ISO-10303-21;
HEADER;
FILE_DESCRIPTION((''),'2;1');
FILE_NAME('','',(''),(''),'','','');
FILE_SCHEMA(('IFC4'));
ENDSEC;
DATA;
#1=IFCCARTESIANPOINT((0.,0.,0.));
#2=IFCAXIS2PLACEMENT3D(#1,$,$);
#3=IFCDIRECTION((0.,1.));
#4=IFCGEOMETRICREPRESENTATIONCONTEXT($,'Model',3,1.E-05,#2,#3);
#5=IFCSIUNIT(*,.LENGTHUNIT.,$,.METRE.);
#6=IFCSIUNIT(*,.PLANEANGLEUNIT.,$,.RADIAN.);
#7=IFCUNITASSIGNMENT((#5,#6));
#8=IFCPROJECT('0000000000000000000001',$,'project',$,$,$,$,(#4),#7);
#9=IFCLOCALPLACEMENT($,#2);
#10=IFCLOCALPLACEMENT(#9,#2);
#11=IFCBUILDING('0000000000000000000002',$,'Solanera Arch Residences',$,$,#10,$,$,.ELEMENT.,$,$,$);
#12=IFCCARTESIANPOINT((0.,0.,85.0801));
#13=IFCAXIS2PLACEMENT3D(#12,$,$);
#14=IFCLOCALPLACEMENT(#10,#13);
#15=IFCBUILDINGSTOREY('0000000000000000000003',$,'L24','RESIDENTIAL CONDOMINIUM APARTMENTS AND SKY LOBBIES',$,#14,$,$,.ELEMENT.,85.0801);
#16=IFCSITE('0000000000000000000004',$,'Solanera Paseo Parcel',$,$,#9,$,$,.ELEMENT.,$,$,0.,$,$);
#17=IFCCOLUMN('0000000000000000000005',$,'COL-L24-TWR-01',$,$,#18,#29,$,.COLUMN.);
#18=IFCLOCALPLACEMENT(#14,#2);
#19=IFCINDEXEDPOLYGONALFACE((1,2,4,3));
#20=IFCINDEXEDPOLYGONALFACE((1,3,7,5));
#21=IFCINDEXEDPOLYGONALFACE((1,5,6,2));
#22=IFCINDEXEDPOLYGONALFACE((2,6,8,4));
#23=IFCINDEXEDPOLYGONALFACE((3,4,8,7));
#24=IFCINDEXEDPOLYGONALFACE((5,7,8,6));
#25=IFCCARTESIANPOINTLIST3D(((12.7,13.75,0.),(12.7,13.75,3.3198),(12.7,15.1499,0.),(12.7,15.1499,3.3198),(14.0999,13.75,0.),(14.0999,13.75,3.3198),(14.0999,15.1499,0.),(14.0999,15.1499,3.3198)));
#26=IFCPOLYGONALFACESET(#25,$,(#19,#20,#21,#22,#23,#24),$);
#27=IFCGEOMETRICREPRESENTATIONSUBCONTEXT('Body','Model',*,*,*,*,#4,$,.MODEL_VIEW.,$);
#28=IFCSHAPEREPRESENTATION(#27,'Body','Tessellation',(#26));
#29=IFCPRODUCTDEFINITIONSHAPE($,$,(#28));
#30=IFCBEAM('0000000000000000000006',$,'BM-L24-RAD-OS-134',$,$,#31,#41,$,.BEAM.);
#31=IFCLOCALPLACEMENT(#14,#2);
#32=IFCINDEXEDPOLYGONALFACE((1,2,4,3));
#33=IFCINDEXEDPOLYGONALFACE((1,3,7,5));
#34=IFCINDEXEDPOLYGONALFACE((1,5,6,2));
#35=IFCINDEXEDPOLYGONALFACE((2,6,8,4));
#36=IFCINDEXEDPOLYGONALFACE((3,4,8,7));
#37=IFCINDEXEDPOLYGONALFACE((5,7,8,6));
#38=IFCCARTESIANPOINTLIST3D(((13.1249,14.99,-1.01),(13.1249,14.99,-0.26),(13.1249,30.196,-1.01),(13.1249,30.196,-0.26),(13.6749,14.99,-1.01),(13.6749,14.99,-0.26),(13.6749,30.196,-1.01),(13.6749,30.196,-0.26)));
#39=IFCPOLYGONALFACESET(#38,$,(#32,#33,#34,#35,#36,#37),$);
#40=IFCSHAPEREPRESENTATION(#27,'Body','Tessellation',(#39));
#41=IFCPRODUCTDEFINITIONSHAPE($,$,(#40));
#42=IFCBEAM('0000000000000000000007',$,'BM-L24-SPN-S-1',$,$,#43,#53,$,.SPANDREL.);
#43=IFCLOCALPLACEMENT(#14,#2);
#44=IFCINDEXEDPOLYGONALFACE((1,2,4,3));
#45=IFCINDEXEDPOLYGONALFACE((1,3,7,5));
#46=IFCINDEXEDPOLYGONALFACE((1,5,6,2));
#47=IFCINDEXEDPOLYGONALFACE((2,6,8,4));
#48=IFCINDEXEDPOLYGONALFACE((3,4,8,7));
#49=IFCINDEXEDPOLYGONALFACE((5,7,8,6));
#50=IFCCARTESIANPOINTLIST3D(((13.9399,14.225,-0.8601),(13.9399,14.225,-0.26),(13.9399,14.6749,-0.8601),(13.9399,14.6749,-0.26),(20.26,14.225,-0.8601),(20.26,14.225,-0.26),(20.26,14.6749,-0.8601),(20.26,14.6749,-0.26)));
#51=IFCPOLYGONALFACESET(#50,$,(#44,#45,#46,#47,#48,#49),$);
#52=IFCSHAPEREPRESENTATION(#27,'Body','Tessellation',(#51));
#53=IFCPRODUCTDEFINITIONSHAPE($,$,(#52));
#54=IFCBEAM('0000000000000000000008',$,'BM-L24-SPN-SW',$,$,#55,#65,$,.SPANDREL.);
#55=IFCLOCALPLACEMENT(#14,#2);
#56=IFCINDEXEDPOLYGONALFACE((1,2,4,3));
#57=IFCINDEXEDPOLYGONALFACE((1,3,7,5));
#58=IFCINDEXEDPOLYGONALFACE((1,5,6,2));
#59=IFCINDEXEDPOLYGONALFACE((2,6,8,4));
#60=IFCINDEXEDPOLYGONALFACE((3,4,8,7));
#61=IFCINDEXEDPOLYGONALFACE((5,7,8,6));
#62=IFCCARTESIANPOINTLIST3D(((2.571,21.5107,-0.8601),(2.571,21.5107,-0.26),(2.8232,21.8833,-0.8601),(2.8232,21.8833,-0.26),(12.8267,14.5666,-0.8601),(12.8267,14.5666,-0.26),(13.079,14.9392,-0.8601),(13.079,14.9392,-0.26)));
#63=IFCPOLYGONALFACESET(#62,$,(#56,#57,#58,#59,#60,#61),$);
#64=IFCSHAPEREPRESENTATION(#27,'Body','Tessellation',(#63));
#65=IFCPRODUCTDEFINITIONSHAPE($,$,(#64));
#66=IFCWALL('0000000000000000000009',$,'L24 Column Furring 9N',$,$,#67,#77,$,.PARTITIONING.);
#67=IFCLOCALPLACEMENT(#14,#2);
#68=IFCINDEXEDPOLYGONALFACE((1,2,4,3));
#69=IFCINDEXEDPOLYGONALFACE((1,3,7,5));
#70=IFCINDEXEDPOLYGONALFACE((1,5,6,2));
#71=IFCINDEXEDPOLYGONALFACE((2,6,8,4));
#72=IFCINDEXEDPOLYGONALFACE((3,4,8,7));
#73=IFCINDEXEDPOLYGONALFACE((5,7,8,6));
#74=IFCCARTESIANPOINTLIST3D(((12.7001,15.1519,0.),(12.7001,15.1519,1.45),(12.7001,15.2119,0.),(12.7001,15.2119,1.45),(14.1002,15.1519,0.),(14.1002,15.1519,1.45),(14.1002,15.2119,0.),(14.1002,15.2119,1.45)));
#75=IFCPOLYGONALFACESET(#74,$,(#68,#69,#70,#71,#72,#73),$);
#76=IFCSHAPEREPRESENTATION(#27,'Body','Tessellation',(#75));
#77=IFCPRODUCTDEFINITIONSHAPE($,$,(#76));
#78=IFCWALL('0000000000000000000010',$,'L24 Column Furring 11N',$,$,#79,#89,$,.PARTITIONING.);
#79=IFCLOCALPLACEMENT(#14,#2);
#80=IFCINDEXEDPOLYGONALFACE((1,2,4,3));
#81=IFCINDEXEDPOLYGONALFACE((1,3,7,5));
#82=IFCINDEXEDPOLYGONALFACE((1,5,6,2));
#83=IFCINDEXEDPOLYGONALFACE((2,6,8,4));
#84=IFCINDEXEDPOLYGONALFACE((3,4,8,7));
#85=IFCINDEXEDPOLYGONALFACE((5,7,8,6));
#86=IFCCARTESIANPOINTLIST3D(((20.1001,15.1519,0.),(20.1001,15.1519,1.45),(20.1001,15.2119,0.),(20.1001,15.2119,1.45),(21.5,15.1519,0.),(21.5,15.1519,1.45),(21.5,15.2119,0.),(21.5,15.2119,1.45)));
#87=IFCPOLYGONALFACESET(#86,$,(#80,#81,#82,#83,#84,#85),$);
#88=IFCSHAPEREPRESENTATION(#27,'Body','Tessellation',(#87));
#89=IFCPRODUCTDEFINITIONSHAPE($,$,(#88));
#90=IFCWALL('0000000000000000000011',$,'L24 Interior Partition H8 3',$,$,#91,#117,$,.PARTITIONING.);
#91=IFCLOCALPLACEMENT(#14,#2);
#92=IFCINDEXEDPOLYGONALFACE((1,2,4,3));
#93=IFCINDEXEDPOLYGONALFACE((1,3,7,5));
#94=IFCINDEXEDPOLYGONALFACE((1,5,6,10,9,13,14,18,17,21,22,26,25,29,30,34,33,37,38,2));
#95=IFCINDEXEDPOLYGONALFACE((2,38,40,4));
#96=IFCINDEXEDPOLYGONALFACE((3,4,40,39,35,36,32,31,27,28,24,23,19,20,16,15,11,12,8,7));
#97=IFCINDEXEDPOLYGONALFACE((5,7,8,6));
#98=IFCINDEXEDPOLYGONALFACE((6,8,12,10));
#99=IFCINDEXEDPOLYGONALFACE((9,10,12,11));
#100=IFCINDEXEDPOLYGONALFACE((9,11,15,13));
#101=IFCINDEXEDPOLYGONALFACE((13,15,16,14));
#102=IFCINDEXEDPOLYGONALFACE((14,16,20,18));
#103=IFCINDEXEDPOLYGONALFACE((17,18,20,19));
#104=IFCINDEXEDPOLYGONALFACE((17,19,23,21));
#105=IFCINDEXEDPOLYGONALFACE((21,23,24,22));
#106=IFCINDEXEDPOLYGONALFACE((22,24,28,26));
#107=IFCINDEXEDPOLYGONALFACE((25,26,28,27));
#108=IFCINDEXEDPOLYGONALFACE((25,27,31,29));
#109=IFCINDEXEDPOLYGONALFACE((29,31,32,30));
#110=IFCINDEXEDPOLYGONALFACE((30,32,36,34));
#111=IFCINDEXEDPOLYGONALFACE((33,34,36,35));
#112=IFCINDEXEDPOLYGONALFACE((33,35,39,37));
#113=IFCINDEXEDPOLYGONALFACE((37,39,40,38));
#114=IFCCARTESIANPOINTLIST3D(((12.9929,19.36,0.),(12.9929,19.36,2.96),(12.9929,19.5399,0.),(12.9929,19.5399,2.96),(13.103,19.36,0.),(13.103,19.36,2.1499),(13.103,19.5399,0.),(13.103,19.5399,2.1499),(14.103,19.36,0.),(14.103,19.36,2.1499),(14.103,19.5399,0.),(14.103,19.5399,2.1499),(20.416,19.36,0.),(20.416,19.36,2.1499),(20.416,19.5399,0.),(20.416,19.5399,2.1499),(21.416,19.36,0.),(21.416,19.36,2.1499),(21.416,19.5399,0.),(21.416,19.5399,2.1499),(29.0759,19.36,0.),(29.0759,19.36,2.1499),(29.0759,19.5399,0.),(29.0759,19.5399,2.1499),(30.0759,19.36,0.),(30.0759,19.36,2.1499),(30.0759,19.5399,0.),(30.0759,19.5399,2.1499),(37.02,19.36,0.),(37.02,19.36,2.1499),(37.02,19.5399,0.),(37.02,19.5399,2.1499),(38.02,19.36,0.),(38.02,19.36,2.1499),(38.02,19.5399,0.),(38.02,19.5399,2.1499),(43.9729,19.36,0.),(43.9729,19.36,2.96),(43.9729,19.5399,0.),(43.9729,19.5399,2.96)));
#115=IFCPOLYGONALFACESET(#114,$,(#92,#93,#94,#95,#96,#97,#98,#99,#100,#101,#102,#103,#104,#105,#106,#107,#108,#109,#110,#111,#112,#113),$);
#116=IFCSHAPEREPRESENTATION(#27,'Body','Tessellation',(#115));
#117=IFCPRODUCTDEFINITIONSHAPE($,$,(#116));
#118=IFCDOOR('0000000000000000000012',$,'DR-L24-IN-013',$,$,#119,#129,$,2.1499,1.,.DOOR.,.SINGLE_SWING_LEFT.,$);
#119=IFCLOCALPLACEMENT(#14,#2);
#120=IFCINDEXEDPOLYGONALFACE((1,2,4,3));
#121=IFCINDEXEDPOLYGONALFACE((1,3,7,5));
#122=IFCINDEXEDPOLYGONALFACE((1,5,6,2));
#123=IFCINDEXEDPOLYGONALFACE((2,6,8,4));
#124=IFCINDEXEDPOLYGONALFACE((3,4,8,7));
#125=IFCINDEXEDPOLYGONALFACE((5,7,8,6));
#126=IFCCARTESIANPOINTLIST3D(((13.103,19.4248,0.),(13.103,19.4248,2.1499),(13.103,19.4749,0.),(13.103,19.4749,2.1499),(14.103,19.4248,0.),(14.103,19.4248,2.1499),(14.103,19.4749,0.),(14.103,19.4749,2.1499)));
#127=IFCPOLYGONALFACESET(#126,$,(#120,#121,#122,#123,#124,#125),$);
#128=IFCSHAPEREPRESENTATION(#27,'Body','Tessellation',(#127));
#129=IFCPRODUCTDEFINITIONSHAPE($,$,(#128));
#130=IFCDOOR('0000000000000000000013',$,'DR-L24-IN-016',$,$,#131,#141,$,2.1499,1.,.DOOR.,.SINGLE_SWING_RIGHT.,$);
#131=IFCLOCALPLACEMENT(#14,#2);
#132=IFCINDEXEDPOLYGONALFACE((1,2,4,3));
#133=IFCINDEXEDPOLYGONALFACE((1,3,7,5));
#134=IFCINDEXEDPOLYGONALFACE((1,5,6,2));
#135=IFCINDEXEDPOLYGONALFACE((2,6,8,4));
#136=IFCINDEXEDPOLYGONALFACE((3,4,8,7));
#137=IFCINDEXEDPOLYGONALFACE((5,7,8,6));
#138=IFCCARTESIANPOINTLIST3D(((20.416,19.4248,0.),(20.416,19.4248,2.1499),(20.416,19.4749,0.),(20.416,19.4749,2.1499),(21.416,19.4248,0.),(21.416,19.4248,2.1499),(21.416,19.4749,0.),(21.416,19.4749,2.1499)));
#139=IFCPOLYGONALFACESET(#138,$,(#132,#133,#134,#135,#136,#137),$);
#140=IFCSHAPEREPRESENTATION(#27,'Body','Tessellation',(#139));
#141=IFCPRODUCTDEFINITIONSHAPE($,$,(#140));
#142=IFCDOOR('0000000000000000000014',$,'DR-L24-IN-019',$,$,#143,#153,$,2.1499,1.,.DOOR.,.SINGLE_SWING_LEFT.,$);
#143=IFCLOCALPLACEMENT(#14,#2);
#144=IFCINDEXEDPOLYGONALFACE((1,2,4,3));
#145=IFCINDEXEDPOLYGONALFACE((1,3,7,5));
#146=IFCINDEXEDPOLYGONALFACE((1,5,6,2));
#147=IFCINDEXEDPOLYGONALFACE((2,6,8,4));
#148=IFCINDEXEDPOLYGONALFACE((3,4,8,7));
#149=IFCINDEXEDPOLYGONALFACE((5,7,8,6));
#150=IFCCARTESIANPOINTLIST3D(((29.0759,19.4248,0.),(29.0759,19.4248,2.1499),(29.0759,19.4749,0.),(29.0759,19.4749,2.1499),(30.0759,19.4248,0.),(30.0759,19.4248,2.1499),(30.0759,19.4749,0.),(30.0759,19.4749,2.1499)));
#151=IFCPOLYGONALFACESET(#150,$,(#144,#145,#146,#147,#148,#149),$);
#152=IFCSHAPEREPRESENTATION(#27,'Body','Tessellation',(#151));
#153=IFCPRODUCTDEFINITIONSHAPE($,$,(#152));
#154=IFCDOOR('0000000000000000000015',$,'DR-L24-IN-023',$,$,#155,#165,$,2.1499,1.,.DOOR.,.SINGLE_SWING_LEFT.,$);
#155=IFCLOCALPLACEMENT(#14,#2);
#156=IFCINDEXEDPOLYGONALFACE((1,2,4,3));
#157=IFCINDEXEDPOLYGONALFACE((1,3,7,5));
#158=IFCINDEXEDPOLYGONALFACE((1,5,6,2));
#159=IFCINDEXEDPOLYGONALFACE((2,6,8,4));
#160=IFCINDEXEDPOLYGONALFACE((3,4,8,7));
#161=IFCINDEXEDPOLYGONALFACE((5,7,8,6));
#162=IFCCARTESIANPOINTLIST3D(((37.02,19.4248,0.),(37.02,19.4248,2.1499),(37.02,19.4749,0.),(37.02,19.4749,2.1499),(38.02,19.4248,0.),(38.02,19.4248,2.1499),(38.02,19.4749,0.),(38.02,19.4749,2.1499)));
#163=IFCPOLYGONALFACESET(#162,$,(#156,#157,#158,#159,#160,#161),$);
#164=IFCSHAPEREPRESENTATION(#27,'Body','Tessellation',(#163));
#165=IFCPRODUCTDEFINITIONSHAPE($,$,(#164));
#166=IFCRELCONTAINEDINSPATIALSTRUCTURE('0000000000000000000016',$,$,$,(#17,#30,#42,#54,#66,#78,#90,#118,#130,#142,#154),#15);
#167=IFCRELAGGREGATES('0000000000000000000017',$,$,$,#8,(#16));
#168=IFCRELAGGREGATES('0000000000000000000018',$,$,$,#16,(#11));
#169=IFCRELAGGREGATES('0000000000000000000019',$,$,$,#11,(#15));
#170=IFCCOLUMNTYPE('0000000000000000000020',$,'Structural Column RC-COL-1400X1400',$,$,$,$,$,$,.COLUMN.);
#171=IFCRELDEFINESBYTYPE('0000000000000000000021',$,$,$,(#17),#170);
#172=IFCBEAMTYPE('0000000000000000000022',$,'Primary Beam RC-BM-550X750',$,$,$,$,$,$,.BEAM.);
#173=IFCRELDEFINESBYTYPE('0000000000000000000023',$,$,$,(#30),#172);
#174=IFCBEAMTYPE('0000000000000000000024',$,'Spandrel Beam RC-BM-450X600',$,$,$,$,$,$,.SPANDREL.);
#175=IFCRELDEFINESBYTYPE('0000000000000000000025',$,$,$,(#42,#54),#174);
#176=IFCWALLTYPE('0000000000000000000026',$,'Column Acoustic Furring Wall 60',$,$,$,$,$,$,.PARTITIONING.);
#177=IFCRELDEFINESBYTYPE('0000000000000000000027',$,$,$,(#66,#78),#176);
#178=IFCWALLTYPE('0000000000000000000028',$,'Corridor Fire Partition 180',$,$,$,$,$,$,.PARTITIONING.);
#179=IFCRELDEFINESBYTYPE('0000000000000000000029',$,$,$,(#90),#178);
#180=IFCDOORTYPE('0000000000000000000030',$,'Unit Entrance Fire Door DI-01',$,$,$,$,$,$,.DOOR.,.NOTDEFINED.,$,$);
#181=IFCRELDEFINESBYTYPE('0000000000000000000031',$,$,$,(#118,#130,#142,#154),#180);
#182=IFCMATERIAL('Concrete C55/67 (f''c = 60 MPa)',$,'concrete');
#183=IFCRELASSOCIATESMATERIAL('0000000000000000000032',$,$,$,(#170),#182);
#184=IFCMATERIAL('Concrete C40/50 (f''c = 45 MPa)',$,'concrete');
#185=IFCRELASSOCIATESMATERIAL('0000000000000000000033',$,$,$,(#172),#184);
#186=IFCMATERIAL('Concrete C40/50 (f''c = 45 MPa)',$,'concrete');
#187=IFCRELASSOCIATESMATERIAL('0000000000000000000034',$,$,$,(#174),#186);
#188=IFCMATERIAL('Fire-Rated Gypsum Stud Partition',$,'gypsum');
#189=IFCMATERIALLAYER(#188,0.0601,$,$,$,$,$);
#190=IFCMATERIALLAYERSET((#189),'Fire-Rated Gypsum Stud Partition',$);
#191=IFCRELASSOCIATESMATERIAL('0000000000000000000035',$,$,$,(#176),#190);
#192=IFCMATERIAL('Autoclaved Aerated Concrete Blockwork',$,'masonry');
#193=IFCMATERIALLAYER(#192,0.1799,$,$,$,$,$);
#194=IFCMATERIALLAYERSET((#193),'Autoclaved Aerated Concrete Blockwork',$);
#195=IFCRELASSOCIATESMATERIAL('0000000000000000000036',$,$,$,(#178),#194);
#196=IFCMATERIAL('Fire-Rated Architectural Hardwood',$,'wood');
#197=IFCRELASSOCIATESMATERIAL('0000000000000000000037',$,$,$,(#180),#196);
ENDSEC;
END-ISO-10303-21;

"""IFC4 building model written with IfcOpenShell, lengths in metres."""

from ifc_helpers import new_model, si_unit, direction, frame, frame_2d, origin, origin_2d, place, context, subcontext, project, spatial, rectangle, extrude, material, layer, layer_set, material_profile, profile_set, type_object, element, fill, save


model = new_model("IFC4")

# Units and contexts
model_context = context("Model", 3, precision=1e-05, world=origin(), true_north=direction((0.0, 1.0)))
body_context = subcontext(model_context, "Body", "Model", "MODEL_VIEW")
ifc_project = project(units=[si_unit("LENGTHUNIT", "METRE"), si_unit("PLANEANGLEUNIT", "RADIAN")], contexts=[model_context])

# Site, building, storey
site_placement = place(None, origin())
site = spatial("IfcSite", under=ifc_project, at=site_placement, Name="Solanera Paseo Parcel", CompositionType="ELEMENT", RefElevation=0.0)
building_placement = place(site_placement, origin())
building = spatial("IfcBuilding", under=site, at=building_placement, Name="Solanera Arch Residences", CompositionType="ELEMENT")
storey_placement = place(building_placement, frame((0.0, 0.0, 85.0801)))
storey = spatial("IfcBuildingStorey", under=building, at=storey_placement, Name="L24", Description="RESIDENTIAL CONDOMINIUM APARTMENTS AND SKY LOBBIES", CompositionType="ELEMENT", Elevation=85.0801)

# Column
ifc_material_1 = material(Name="Concrete C55/67 (f'c = 60 MPa)", Category="concrete")
ifc_material_profile_1 = material_profile(ifc_material_1, rectangle(XDim=1.3999, YDim=1.3999, at=origin_2d()))
ifc_profile_set_1 = profile_set([ifc_material_profile_1], Name="Concrete C55/67 (f'c = 60 MPa)")
column_type = type_object("IfcColumnType", Name="Structural Column RC-COL-1400X1400", PredefinedType="COLUMN", material=ifc_profile_set_1)
column_placement = place(storey_placement, frame((13.3999, 14.45, 0.0), z_axis=(0.0, 0.0, 1.0), x_axis=(1.0, 0.0, 0.0)))
element("IfcColumn", 1, at=column_placement, inside=storey, type_object=column_type, Name="COL-L24-TWR-01", PredefinedType="COLUMN", context=body_context, shape_type="SweptSolid", body=[
    extrude(rectangle(XDim=1.3999, YDim=1.3999, at=origin_2d()), origin(), (0.0, 0.0, 1.0), 3.3198),
])

# Beams
ifc_material_2 = material(Name="Concrete C40/50 (f'c = 45 MPa)", Category="concrete")
ifc_material_profile_2 = material_profile(ifc_material_2, rectangle(XDim=0.55, YDim=0.75, at=origin_2d()))
ifc_profile_set_2 = profile_set([ifc_material_profile_2], Name="Concrete C40/50 (f'c = 45 MPa)")
beam_type_1 = type_object("IfcBeamType", Name="Primary Beam RC-BM-550X750", PredefinedType="BEAM", material=ifc_profile_set_2)
beam_1_placement = place(storey_placement, frame((13.3999, 14.99, -0.635), z_axis=(0.0, 1.0, 0.0), x_axis=(-1.0, 0.0, 0.0)))
element("IfcBeam", 2, at=beam_1_placement, inside=storey, type_object=beam_type_1, Name="BM-L24-RAD-OS-134", PredefinedType="BEAM", context=body_context, shape_type="SweptSolid", body=[
    extrude(rectangle(XDim=0.55, YDim=0.75, at=origin_2d()), origin(), (0.0, 0.0, 1.0), 15.2061),
])
ifc_material_3 = material(Name="Concrete C40/50 (f'c = 45 MPa)", Category="concrete")
ifc_material_profile_3 = material_profile(ifc_material_3, rectangle(XDim=0.45, YDim=0.6001, at=origin_2d()))
ifc_profile_set_3 = profile_set([ifc_material_profile_3], Name="Concrete C40/50 (f'c = 45 MPa)")
beam_type_2 = type_object("IfcBeamType", Name="Spandrel Beam RC-BM-450X600", PredefinedType="SPANDREL", material=ifc_profile_set_3)
beam_2_placement = place(storey_placement, frame((13.9399, 14.45, -0.5601), z_axis=(1.0, 0.0, 0.0), x_axis=(0.0, 1.0, 0.0)))
element("IfcBeam", 3, at=beam_2_placement, inside=storey, type_object=beam_type_2, Name="BM-L24-SPN-S-1", PredefinedType="SPANDREL", context=body_context, shape_type="SweptSolid", body=[
    extrude(rectangle(XDim=0.45, YDim=0.6001, at=origin_2d()), origin(), (0.0, 0.0, 1.0), 6.3201),
])
beam_3_placement = place(storey_placement, frame((12.9529, 14.7529, -0.5601), z_axis=(-0.828047, 0.560659, 0.0), x_axis=(-0.560659, -0.828047, 0.0)))
element("IfcBeam", 4, at=beam_3_placement, inside=storey, type_object=beam_type_2, Name="BM-L24-SPN-SW", PredefinedType="SPANDREL", context=body_context, shape_type="SweptSolid", body=[
    extrude(rectangle(XDim=0.45, YDim=0.6001, at=origin_2d()), origin(), (0.0, 0.0, 1.0), 12.3855),
])

# Walls
ifc_material_4 = material(Name="Fire-Rated Gypsum Stud Partition", Category="gypsum")
ifc_layer_1 = layer(ifc_material_4, 0.0601)
ifc_layer_set_1 = layer_set([ifc_layer_1], Name="Fire-Rated Gypsum Stud Partition")
wall_type_1 = type_object("IfcWallType", Name="Column Acoustic Furring Wall 60", PredefinedType="PARTITIONING", material=ifc_layer_set_1)
wall_1_placement = place(storey_placement, frame((12.7, 15.1819, 0.0), z_axis=(0.0, 0.0, 1.0), x_axis=(1.0, 0.0, 0.0)))
element("IfcWall", 5, at=wall_1_placement, inside=storey, type_object=wall_type_1, Name="L24 Column Furring 9N", PredefinedType="PARTITIONING", context=body_context, shape_type="SweptSolid", body=[
    extrude(rectangle(XDim=1.4001, YDim=0.0601, at=frame_2d((0.7002, 0.0))), origin(), (0.0, 0.0, 1.0), 1.45),
])
wall_2_placement = place(storey_placement, frame((20.1001, 15.1819, 0.0), z_axis=(0.0, 0.0, 1.0), x_axis=(1.0, 0.0, 0.0)))
element("IfcWall", 6, at=wall_2_placement, inside=storey, type_object=wall_type_1, Name="L24 Column Furring 11N", PredefinedType="PARTITIONING", context=body_context, shape_type="SweptSolid", body=[
    extrude(rectangle(XDim=1.3999, YDim=0.0601, at=frame_2d((0.7, 0.0))), origin(), (0.0, 0.0, 1.0), 1.45),
])

# Wall, openings, doors
ifc_material_5 = material(Name="Autoclaved Aerated Concrete Blockwork", Category="masonry")
ifc_layer_2 = layer(ifc_material_5, 0.1799)
ifc_layer_set_2 = layer_set([ifc_layer_2], Name="Autoclaved Aerated Concrete Blockwork")
wall_type_2 = type_object("IfcWallType", Name="Corridor Fire Partition 180", PredefinedType="PARTITIONING", material=ifc_layer_set_2)
wall_3_placement = place(storey_placement, frame((12.9929, 19.45, 0.0), z_axis=(0.0, 0.0, 1.0), x_axis=(1.0, 0.0, 0.0)))
wall_3 = element("IfcWall", 7, at=wall_3_placement, inside=storey, type_object=wall_type_2, Name="L24 Interior Partition H8 3", PredefinedType="PARTITIONING", context=body_context, shape_type="SweptSolid", body=[
    extrude(rectangle(XDim=30.98, YDim=0.1799, at=frame_2d((15.49, 0.0))), origin(), (0.0, 0.0, 1.0), 2.96),
])
opening_1_placement = place(wall_3_placement, frame((0.1101, 0.0, 0.0)))
opening_1 = element("IfcOpeningElement", 8, at=opening_1_placement, cuts=wall_3, PredefinedType="OPENING", context=body_context, shape_type="SweptSolid", body=[
    extrude(rectangle(XDim=1.0, YDim=2.1499, at=frame_2d((0.5, 1.075))), frame((0.0, 0.1001, 0.0), z_axis=(0.0, -1.0, 0.0), x_axis=(1.0, 0.0, 0.0)), (0.0, 0.0, 1.0), 0.1999),
])
opening_2_placement = place(wall_3_placement, frame((7.4231, 0.0, 0.0)))
opening_2 = element("IfcOpeningElement", 9, at=opening_2_placement, cuts=wall_3, PredefinedType="OPENING", context=body_context, shape_type="SweptSolid", body=[
    extrude(rectangle(XDim=1.0, YDim=2.1499, at=frame_2d((0.5, 1.075))), frame((0.0, 0.1001, 0.0), z_axis=(0.0, -1.0, 0.0), x_axis=(1.0, 0.0, 0.0)), (0.0, 0.0, 1.0), 0.1999),
])
opening_3_placement = place(wall_3_placement, frame((16.083, 0.0, 0.0)))
opening_3 = element("IfcOpeningElement", 10, at=opening_3_placement, cuts=wall_3, PredefinedType="OPENING", context=body_context, shape_type="SweptSolid", body=[
    extrude(rectangle(XDim=1.0, YDim=2.1499, at=frame_2d((0.5, 1.075))), frame((0.0, 0.1001, 0.0), z_axis=(0.0, -1.0, 0.0), x_axis=(1.0, 0.0, 0.0)), (0.0, 0.0, 1.0), 0.1999),
])
opening_4_placement = place(wall_3_placement, frame((24.0271, 0.0, 0.0)))
opening_4 = element("IfcOpeningElement", 11, at=opening_4_placement, cuts=wall_3, PredefinedType="OPENING", context=body_context, shape_type="SweptSolid", body=[
    extrude(rectangle(XDim=1.0, YDim=2.1499, at=frame_2d((0.5, 1.075))), frame((0.0, 0.1001, 0.0), z_axis=(0.0, -1.0, 0.0), x_axis=(1.0, 0.0, 0.0)), (0.0, 0.0, 1.0), 0.1999),
])
ifc_material_6 = material(Name="Fire-Rated Architectural Hardwood", Category="wood")
door_type_1 = type_object("IfcDoorType", Name="Unit Entrance Fire Door DI-01", OperationType="NOTDEFINED", PredefinedType="DOOR", material=ifc_material_6)
door_1_placement = place(opening_1_placement, origin())
door_1 = element("IfcDoor", 12, at=door_1_placement, inside=storey, type_object=door_type_1, Name="DR-L24-IN-013", OperationType="SINGLE_SWING_LEFT", OverallHeight=2.1499, OverallWidth=1.0, PredefinedType="DOOR", context=body_context, shape_type="SweptSolid", body=[
    extrude(rectangle(XDim=1.0, YDim=2.1499, at=frame_2d((0.5, 1.075))), frame((0.0, 0.0249, 0.0), z_axis=(0.0, -1.0, 0.0), x_axis=(1.0, 0.0, 0.0)), (0.0, 0.0, 1.0), 0.05),
])
fill(opening_1, door_1)
door_2_placement = place(opening_2_placement, origin())
door_2 = element("IfcDoor", 13, at=door_2_placement, inside=storey, type_object=door_type_1, Name="DR-L24-IN-016", OperationType="SINGLE_SWING_RIGHT", OverallHeight=2.1499, OverallWidth=1.0, PredefinedType="DOOR", context=body_context, shape_type="SweptSolid", body=[
    extrude(rectangle(XDim=1.0, YDim=2.1499, at=frame_2d((0.5, 1.075))), frame((0.0, 0.0249, 0.0), z_axis=(0.0, -1.0, 0.0), x_axis=(1.0, 0.0, 0.0)), (0.0, 0.0, 1.0), 0.05),
])
fill(opening_2, door_2)
door_3_placement = place(opening_3_placement, origin())
door_3 = element("IfcDoor", 14, at=door_3_placement, inside=storey, type_object=door_type_1, Name="DR-L24-IN-019", OperationType="SINGLE_SWING_LEFT", OverallHeight=2.1499, OverallWidth=1.0, PredefinedType="DOOR", context=body_context, shape_type="SweptSolid", body=[
    extrude(rectangle(XDim=1.0, YDim=2.1499, at=frame_2d((0.5, 1.075))), frame((0.0, 0.0249, 0.0), z_axis=(0.0, -1.0, 0.0), x_axis=(1.0, 0.0, 0.0)), (0.0, 0.0, 1.0), 0.05),
])
fill(opening_3, door_3)
door_4_placement = place(opening_4_placement, origin())
door_4 = element("IfcDoor", 15, at=door_4_placement, inside=storey, type_object=door_type_1, Name="DR-L24-IN-023", OperationType="SINGLE_SWING_LEFT", OverallHeight=2.1499, OverallWidth=1.0, PredefinedType="DOOR", context=body_context, shape_type="SweptSolid", body=[
    extrude(rectangle(XDim=1.0, YDim=2.1499, at=frame_2d((0.5, 1.075))), frame((0.0, 0.0249, 0.0), z_axis=(0.0, -1.0, 0.0), x_axis=(1.0, 0.0, 0.0)), (0.0, 0.0, 1.0), 0.05),
])
fill(opening_4, door_4)

save(model, "model.ifc")
